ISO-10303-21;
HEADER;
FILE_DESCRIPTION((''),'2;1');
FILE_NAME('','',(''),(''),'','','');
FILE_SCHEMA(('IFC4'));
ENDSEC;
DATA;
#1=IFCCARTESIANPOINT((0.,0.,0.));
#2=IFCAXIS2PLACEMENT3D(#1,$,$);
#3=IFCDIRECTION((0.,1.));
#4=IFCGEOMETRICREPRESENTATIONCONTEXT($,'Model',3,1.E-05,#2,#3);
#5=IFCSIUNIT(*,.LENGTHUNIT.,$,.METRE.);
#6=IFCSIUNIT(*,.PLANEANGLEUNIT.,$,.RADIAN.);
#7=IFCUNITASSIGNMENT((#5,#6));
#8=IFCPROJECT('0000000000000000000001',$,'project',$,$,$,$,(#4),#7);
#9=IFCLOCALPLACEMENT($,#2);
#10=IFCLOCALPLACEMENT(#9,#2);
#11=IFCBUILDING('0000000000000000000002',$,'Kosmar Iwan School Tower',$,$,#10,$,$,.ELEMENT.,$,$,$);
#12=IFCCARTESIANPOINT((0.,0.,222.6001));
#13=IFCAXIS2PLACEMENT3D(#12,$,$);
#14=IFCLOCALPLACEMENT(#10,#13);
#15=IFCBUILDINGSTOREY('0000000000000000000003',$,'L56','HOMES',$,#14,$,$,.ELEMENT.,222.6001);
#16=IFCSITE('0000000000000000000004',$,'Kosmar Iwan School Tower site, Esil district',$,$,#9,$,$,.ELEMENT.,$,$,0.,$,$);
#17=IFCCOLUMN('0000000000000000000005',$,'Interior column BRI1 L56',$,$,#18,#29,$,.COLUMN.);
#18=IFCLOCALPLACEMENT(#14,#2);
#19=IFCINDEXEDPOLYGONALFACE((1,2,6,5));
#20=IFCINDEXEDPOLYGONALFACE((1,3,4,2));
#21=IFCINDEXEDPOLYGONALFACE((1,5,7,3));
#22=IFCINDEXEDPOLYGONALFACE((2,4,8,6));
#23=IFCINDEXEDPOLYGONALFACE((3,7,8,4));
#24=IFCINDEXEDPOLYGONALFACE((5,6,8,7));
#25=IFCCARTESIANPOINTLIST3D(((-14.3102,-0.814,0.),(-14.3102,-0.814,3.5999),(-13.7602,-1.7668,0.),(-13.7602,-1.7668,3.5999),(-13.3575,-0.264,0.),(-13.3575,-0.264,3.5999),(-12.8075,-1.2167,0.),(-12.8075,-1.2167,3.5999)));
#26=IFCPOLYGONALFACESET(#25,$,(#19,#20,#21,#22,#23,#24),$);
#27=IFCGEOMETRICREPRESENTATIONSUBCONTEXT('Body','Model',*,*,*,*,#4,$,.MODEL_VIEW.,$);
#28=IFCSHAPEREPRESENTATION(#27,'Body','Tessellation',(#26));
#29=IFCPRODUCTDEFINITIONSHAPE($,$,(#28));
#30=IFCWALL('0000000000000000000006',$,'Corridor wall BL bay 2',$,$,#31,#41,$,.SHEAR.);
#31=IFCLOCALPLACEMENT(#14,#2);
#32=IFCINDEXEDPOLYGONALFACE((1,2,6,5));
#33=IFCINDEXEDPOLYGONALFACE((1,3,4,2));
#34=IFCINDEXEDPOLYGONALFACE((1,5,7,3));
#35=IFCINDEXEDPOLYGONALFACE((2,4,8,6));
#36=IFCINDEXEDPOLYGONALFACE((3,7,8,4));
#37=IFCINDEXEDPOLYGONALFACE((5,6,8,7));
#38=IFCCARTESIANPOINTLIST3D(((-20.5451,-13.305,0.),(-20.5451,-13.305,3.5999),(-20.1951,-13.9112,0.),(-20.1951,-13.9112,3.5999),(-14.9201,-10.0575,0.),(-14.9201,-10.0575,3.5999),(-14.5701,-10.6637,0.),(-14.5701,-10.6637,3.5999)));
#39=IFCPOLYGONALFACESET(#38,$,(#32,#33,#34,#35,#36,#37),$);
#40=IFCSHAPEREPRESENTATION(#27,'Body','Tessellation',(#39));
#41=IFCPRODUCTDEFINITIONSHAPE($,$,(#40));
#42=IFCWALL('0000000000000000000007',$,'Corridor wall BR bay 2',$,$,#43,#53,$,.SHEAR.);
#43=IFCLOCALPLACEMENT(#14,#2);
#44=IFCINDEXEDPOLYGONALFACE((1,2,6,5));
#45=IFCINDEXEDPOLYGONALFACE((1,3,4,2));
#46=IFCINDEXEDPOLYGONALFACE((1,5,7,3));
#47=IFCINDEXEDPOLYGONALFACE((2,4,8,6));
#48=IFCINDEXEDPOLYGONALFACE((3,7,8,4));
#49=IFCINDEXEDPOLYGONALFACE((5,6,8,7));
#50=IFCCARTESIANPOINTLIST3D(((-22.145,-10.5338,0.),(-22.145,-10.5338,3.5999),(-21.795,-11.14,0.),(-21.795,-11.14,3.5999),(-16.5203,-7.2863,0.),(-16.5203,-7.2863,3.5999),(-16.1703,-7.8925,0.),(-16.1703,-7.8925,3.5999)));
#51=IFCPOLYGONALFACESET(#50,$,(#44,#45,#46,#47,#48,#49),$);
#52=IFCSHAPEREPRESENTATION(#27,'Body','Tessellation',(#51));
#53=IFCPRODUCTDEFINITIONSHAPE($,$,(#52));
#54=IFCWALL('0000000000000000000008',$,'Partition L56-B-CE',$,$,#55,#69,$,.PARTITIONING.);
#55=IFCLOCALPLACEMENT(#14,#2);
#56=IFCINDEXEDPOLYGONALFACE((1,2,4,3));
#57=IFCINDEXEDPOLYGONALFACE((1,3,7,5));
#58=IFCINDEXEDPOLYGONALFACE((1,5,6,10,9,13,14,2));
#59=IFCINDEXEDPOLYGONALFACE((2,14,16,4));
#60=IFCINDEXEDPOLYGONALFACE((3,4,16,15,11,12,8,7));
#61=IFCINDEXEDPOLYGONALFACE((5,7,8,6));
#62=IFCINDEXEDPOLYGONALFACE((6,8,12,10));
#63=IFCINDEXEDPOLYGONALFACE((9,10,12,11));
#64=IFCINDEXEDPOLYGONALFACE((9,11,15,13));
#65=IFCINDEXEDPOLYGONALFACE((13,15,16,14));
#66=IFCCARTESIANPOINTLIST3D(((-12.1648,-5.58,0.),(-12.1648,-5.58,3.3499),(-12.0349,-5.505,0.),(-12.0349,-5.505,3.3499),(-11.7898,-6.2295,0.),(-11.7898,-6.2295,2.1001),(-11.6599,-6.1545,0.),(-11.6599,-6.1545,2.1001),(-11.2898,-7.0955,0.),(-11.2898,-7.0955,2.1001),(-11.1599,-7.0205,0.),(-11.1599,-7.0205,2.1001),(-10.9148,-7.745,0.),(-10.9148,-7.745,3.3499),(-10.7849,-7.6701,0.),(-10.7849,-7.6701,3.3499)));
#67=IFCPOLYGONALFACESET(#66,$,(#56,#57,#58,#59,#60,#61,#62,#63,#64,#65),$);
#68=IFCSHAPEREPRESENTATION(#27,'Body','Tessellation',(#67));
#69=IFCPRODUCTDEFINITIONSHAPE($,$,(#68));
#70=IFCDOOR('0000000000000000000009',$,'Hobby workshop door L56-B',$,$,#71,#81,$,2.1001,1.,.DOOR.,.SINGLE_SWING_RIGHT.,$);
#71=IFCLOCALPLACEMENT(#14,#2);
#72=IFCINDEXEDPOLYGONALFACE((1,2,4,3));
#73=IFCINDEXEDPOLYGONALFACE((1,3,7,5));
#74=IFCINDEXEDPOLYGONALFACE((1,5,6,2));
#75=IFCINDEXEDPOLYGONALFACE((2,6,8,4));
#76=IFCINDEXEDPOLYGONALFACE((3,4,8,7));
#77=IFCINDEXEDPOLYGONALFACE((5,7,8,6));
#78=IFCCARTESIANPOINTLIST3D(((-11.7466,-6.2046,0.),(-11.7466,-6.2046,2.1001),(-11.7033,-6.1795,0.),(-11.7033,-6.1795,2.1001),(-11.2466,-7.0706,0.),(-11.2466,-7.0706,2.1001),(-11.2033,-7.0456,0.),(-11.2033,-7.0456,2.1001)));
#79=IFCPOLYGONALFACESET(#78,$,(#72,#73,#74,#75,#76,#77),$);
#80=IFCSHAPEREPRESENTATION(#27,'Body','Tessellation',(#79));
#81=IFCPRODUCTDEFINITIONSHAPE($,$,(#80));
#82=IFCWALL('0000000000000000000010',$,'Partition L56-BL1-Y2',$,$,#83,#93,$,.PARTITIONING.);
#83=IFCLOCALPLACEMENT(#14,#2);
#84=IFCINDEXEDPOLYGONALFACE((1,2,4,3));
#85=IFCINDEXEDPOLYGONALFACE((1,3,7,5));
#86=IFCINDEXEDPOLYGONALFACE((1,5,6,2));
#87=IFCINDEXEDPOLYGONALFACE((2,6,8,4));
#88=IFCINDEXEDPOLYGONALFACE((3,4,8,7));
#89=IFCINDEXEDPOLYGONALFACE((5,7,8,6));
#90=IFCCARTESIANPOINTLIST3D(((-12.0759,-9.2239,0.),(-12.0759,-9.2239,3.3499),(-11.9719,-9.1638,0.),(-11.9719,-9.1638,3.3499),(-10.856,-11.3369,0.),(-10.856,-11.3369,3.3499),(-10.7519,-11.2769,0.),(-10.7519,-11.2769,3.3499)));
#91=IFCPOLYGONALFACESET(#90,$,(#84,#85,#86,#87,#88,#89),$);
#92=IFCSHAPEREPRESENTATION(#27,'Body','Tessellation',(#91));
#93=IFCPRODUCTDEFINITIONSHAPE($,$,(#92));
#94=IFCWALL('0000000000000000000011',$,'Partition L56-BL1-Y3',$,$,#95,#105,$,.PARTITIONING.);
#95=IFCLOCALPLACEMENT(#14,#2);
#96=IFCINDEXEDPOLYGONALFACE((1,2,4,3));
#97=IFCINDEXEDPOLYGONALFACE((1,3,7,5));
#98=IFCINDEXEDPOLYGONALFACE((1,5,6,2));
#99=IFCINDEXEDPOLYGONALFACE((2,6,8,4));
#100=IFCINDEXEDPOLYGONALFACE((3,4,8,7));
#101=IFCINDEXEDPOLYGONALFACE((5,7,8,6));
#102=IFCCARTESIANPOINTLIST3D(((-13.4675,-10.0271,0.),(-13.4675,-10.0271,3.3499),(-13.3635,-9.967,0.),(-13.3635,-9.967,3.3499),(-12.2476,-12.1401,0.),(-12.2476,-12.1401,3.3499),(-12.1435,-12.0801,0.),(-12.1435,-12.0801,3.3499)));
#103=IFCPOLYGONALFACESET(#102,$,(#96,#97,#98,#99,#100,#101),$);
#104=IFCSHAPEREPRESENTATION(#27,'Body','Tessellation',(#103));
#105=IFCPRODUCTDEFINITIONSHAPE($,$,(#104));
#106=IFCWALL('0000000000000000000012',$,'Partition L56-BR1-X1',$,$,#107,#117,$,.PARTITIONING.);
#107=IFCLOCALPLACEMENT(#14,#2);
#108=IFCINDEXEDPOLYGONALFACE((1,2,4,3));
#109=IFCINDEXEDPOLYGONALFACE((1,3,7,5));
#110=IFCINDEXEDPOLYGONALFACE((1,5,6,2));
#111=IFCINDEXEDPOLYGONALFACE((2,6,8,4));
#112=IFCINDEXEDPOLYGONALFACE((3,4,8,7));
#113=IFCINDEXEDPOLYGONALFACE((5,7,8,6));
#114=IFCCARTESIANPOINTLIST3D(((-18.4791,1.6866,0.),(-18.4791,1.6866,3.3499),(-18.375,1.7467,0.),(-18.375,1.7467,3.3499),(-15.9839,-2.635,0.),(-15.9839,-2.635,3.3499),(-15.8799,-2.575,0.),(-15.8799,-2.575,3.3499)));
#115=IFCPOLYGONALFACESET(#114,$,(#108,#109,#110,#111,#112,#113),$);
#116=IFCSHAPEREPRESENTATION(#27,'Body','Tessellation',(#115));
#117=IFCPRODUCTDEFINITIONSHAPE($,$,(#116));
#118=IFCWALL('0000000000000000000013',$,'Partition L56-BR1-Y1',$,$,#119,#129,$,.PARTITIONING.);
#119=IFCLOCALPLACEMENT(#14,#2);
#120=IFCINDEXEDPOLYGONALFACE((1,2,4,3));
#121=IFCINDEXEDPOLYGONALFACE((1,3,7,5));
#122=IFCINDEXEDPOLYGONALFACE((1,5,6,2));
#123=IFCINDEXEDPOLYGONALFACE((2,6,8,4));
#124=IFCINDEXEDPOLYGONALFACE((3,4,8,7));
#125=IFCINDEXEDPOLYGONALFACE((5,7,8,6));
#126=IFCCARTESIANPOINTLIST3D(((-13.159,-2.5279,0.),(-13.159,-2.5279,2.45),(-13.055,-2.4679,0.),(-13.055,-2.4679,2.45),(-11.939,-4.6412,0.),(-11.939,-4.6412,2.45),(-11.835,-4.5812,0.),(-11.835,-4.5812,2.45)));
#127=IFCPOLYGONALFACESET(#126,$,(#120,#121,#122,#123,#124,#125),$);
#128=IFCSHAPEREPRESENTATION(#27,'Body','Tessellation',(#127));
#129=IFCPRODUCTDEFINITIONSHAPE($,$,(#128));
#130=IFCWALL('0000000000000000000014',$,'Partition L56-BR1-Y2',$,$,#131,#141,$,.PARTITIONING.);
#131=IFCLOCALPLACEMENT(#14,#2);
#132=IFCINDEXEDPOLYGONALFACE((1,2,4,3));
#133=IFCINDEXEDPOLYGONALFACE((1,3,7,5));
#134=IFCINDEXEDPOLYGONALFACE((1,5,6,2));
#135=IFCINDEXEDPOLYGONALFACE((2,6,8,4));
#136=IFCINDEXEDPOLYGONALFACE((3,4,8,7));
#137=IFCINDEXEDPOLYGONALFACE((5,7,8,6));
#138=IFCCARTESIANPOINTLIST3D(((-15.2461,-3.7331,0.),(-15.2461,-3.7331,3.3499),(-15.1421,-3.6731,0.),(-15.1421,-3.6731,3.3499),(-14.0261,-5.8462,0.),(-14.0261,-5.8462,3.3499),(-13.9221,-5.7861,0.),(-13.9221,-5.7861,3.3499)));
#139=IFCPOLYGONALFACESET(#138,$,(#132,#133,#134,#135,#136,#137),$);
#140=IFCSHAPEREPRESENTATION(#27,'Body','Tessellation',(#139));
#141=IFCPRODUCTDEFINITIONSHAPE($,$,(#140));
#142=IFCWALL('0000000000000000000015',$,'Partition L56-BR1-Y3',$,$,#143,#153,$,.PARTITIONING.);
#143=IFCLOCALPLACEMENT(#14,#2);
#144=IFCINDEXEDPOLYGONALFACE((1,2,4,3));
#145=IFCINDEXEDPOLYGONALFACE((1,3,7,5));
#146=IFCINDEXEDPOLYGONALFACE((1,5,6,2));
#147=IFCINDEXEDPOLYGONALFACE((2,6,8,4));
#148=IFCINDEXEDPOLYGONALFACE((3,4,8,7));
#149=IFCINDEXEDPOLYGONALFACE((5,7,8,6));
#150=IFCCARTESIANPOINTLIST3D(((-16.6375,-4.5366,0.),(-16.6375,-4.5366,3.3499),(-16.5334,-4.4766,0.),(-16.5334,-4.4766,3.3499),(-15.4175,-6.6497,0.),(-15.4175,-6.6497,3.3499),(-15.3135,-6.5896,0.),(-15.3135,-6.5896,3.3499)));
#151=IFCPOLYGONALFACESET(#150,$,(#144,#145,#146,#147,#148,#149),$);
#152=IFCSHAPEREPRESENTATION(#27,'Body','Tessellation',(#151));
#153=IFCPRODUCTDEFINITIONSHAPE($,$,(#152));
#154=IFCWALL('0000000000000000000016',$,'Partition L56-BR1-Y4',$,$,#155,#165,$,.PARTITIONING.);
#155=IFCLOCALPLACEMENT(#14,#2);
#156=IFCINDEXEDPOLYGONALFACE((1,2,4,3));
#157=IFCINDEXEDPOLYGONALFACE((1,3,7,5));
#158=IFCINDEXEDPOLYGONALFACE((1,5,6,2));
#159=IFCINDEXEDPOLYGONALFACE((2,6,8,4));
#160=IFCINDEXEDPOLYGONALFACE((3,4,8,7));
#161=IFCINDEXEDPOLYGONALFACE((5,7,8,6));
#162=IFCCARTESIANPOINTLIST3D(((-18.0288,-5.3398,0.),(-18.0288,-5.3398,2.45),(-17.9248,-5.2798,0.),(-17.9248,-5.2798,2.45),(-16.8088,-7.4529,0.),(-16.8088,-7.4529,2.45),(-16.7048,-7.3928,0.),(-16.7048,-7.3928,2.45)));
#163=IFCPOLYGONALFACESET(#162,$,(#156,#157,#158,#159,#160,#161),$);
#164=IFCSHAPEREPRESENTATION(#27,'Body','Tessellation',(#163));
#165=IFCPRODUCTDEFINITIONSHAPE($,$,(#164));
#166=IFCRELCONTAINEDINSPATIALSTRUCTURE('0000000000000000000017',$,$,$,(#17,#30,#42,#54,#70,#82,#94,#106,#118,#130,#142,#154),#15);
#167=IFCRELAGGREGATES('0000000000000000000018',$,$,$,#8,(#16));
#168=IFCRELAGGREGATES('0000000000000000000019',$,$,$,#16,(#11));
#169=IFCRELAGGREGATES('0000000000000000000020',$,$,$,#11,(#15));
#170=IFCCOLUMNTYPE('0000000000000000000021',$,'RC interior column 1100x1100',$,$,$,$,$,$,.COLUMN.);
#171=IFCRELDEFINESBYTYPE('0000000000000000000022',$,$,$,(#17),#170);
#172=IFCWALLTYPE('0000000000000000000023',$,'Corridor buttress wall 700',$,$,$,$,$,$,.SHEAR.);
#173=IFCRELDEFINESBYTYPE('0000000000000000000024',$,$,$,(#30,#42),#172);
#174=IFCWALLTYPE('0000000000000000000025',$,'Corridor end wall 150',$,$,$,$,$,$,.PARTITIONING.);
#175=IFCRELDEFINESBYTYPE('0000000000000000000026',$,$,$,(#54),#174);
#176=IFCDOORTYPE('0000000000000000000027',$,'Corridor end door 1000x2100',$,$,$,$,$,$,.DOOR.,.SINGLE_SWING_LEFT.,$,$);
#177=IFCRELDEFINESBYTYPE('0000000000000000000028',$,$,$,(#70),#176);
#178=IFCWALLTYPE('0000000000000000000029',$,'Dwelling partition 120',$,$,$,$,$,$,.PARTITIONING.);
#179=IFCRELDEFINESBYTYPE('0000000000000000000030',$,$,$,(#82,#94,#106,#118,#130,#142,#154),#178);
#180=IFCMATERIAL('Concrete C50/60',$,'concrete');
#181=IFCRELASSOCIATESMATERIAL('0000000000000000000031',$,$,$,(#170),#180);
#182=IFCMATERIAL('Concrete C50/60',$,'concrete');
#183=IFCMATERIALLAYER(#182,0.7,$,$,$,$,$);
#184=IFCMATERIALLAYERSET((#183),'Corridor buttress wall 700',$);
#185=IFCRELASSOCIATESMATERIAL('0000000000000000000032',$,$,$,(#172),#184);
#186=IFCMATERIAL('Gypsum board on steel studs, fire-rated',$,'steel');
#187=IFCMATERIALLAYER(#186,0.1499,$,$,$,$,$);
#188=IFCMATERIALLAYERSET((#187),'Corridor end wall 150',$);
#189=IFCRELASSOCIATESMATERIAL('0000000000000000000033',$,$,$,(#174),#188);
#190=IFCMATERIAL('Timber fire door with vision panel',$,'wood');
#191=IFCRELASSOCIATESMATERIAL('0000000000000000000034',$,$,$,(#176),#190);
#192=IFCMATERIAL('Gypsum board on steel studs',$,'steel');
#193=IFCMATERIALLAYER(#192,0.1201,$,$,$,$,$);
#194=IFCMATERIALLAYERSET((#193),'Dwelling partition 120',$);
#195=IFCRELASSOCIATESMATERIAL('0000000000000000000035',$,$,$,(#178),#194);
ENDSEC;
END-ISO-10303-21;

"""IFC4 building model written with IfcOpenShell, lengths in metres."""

from ifc_helpers import new_model, si_unit, direction, frame, frame_2d, origin, origin_2d, place, context, subcontext, project, spatial, rectangle, extrude, material, layer, layer_set, material_profile, profile_set, type_object, element, fill, save


model = new_model("IFC4")

# Units and contexts
model_context = context("Model", 3, precision=1e-05, world=origin(), true_north=direction((0.0, 1.0)))
body_context = subcontext(model_context, "Body", "Model", "MODEL_VIEW")
ifc_project = project(units=[si_unit("LENGTHUNIT", "METRE"), si_unit("PLANEANGLEUNIT", "RADIAN")], contexts=[model_context])

# Site, building, storey
site_placement = place(None, origin())
site = spatial("IfcSite", under=ifc_project, at=site_placement, Name="Kosmar Iwan School Tower site, Esil district", CompositionType="ELEMENT", RefElevation=0.0)
building_placement = place(site_placement, origin())
building = spatial("IfcBuilding", under=site, at=building_placement, Name="Kosmar Iwan School Tower", CompositionType="ELEMENT")
storey_placement = place(building_placement, frame((0.0, 0.0, 222.6001)))
storey = spatial("IfcBuildingStorey", under=building, at=storey_placement, Name="L56", Description="HOMES", CompositionType="ELEMENT", Elevation=222.6001)

# Column
ifc_material_1 = material(Name="Concrete C50/60", Category="concrete")
ifc_material_profile = material_profile(ifc_material_1, rectangle(XDim=1.1001, YDim=1.1001, at=origin_2d()), Name="RC 1100x1100")
ifc_profile_set = profile_set([ifc_material_profile], Name="Concrete C50/60")
column_type = type_object("IfcColumnType", Name="RC interior column 1100x1100", PredefinedType="COLUMN", material=ifc_profile_set)
column_placement = place(storey_placement, frame((-13.5588, -1.0154, 0.0), z_axis=(0.0, 0.0, 1.0), x_axis=(-0.866025, -0.5, 0.0)))
element("IfcColumn", 1, at=column_placement, inside=storey, type_object=column_type, Name="Interior column BRI1 L56", PredefinedType="COLUMN", context=body_context, shape_type="SweptSolid", body=[
    extrude(rectangle(XDim=1.1001, YDim=1.1001, at=origin_2d()), origin(), (0.0, 0.0, 1.0), 3.5999),
])

# Walls
ifc_material_2 = material(Name="Concrete C50/60", Category="concrete")
ifc_layer_1 = layer(ifc_material_2, 0.7)
ifc_layer_set_1 = layer_set([ifc_layer_1], Name="Corridor buttress wall 700")
wall_type_1 = type_object("IfcWallType", Name="Corridor buttress wall 700", PredefinedType="SHEAR", material=ifc_layer_set_1)
wall_1_placement = place(storey_placement, frame((-14.7451, -10.3606, 0.0), z_axis=(0.0, 0.0, 1.0), x_axis=(-0.866028, -0.499996, 0.0)))
element("IfcWall", 2, at=wall_1_placement, inside=storey, type_object=wall_type_1, Name="Corridor wall BL bay 2", PredefinedType="SHEAR", context=body_context, shape_type="SweptSolid", body=[
    extrude(rectangle(XDim=6.4951, YDim=0.7, at=frame_2d((3.2476, 0.0))), origin(), (0.0, 0.0, 1.0), 3.5999),
])
wall_2_placement = place(storey_placement, frame((-16.3452, -7.5894, 0.0), z_axis=(0.0, 0.0, 1.0), x_axis=(-0.866018, -0.500012, 0.0)))
element("IfcWall", 3, at=wall_2_placement, inside=storey, type_object=wall_type_1, Name="Corridor wall BR bay 2", PredefinedType="SHEAR", context=body_context, shape_type="SweptSolid", body=[
    extrude(rectangle(XDim=6.4949, YDim=0.7, at=frame_2d((3.2476, 0.0))), origin(), (0.0, 0.0, 1.0), 3.5999),
])

# Wall, opening, door
ifc_material_3 = material(Name="Gypsum board on steel studs, fire-rated", Category="steel")
ifc_layer_2 = layer(ifc_material_3, 0.1499)
ifc_layer_set_2 = layer_set([ifc_layer_2], Name="Corridor end wall 150")
wall_type_2 = type_object("IfcWallType", Name="Corridor end wall 150", PredefinedType="PARTITIONING", material=ifc_layer_set_2)
wall_3_placement = place(storey_placement, frame((-12.0999, -5.5425, 0.0), z_axis=(0.0, 0.0, 1.0), x_axis=(0.500004, -0.866023, 0.0)))
wall_3 = element("IfcWall", 4, at=wall_3_placement, inside=storey, type_object=wall_type_2, Name="Partition L56-B-CE", PredefinedType="PARTITIONING", context=body_context, shape_type="SweptSolid", body=[
    extrude(rectangle(XDim=2.5, YDim=0.1499, at=frame_2d((1.25, 0.0))), origin(), (0.0, 0.0, 1.0), 3.3499),
])
opening_placement = place(wall_3_placement, frame((0.75, 0.0, 0.0)))
opening = element("IfcOpeningElement", 5, at=opening_placement, cuts=wall_3, PredefinedType="OPENING", context=body_context, shape_type="SweptSolid", body=[
    extrude(rectangle(XDim=1.0, YDim=2.1001, at=frame_2d((0.5, 1.05))), frame((0.0, 0.0869, 0.0), z_axis=(0.0, -1.0, 0.0), x_axis=(1.0, 0.0, 0.0)), (0.0, 0.0, 1.0), 0.1738),
])
ifc_material_4 = material(Name="Timber fire door with vision panel", Category="wood")
door_type = type_object("IfcDoorType", Name="Corridor end door 1000x2100", OperationType="SINGLE_SWING_LEFT", PredefinedType="DOOR", material=ifc_material_4)
door_placement = place(opening_placement, origin())
door = element("IfcDoor", 6, at=door_placement, inside=storey, type_object=door_type, Name="Hobby workshop door L56-B", OperationType="SINGLE_SWING_RIGHT", OverallHeight=2.1001, OverallWidth=1.0, PredefinedType="DOOR", context=body_context, shape_type="SweptSolid", body=[
    extrude(rectangle(XDim=1.0, YDim=2.1001, at=frame_2d((0.5, 1.05))), frame((0.0, 0.0249, 0.0), z_axis=(0.0, -1.0, 0.0), x_axis=(1.0, 0.0, 0.0)), (0.0, 0.0, 1.0), 0.05),
])
fill(opening, door)

# Walls
ifc_material_5 = material(Name="Gypsum board on steel studs", Category="steel")
ifc_layer_3 = layer(ifc_material_5, 0.1201)
ifc_layer_set_3 = layer_set([ifc_layer_3], Name="Dwelling partition 120")
wall_type_3 = type_object("IfcWallType", Name="Dwelling partition 120", PredefinedType="PARTITIONING", material=ifc_layer_set_3)
for number, where, z_axis, x_axis, name in (
    (7, (-12.0239, -9.1938, 0.0), (0.0, 0.0, 1.0), (0.500003, -0.866024, 0.0), "Partition L56-BL1-Y2"),
    (8, (-13.4155, -9.9971, 0.0), (0.0, 0.0, 1.0), (0.500003, -0.866024, 0.0), "Partition L56-BL1-Y3"),
):
    element("IfcWall", number, at=place(storey_placement, frame(where, z_axis=z_axis, x_axis=x_axis)), inside=storey, type_object=wall_type_3, Name=name, PredefinedType="PARTITIONING", context=body_context, shape_type="SweptSolid", body=[
        extrude(rectangle(XDim=2.4399, YDim=0.1201, at=frame_2d((1.22, 0.0))), origin(), (0.0, 0.0, 1.0), 3.3499),
    ])
wall_4_placement = place(storey_placement, frame((-15.9319, -2.605, 0.0), z_axis=(0.0, 0.0, 1.0), x_axis=(-0.500012, 0.866019, 0.0)))
element("IfcWall", 9, at=wall_4_placement, inside=storey, type_object=wall_type_3, Name="Partition L56-BR1-X1", PredefinedType="PARTITIONING", context=body_context, shape_type="SweptSolid", body=[
    extrude(rectangle(XDim=4.9902, YDim=0.1201, at=frame_2d((2.4951, 0.0))), origin(), (0.0, 0.0, 1.0), 3.3499),
])
wall_5_placement = place(storey_placement, frame((-11.887, -4.6113, 0.0), z_axis=(0.0, 0.0, 1.0), x_axis=(-0.499959, 0.866049, 0.0)))
element("IfcWall", 10, at=wall_5_placement, inside=storey, type_object=wall_type_3, Name="Partition L56-BR1-Y1", PredefinedType="PARTITIONING", context=body_context, shape_type="SweptSolid", body=[
    extrude(rectangle(XDim=2.4402, YDim=0.1201, at=frame_2d((1.2202, 0.0))), origin(), (0.0, 0.0, 1.0), 2.45),
])
for number, where, z_axis, x_axis, name in (
    (11, (-13.9741, -5.8162, 0.0), (0.0, 0.0, 1.0), (-0.500003, 0.866024, 0.0), "Partition L56-BR1-Y2"),
    (12, (-15.3655, -6.6196, 0.0), (0.0, 0.0, 1.0), (-0.500003, 0.866024, 0.0), "Partition L56-BR1-Y3"),
):
    element("IfcWall", number, at=place(storey_placement, frame(where, z_axis=z_axis, x_axis=x_axis)), inside=storey, type_object=wall_type_3, Name=name, PredefinedType="PARTITIONING", context=body_context, shape_type="SweptSolid", body=[
        extrude(rectangle(XDim=2.4399, YDim=0.1201, at=frame_2d((1.22, 0.0))), origin(), (0.0, 0.0, 1.0), 3.3499),
    ])
wall_6_placement = place(storey_placement, frame((-16.7568, -7.4229, 0.0), z_axis=(0.0, 0.0, 1.0), x_axis=(-0.500003, 0.866024, 0.0)))
element("IfcWall", 13, at=wall_6_placement, inside=storey, type_object=wall_type_3, Name="Partition L56-BR1-Y4", PredefinedType="PARTITIONING", context=body_context, shape_type="SweptSolid", body=[
    extrude(rectangle(XDim=2.4399, YDim=0.1201, at=frame_2d((1.22, 0.0))), origin(), (0.0, 0.0, 1.0), 2.45),
])

save(model, "model.ifc")
